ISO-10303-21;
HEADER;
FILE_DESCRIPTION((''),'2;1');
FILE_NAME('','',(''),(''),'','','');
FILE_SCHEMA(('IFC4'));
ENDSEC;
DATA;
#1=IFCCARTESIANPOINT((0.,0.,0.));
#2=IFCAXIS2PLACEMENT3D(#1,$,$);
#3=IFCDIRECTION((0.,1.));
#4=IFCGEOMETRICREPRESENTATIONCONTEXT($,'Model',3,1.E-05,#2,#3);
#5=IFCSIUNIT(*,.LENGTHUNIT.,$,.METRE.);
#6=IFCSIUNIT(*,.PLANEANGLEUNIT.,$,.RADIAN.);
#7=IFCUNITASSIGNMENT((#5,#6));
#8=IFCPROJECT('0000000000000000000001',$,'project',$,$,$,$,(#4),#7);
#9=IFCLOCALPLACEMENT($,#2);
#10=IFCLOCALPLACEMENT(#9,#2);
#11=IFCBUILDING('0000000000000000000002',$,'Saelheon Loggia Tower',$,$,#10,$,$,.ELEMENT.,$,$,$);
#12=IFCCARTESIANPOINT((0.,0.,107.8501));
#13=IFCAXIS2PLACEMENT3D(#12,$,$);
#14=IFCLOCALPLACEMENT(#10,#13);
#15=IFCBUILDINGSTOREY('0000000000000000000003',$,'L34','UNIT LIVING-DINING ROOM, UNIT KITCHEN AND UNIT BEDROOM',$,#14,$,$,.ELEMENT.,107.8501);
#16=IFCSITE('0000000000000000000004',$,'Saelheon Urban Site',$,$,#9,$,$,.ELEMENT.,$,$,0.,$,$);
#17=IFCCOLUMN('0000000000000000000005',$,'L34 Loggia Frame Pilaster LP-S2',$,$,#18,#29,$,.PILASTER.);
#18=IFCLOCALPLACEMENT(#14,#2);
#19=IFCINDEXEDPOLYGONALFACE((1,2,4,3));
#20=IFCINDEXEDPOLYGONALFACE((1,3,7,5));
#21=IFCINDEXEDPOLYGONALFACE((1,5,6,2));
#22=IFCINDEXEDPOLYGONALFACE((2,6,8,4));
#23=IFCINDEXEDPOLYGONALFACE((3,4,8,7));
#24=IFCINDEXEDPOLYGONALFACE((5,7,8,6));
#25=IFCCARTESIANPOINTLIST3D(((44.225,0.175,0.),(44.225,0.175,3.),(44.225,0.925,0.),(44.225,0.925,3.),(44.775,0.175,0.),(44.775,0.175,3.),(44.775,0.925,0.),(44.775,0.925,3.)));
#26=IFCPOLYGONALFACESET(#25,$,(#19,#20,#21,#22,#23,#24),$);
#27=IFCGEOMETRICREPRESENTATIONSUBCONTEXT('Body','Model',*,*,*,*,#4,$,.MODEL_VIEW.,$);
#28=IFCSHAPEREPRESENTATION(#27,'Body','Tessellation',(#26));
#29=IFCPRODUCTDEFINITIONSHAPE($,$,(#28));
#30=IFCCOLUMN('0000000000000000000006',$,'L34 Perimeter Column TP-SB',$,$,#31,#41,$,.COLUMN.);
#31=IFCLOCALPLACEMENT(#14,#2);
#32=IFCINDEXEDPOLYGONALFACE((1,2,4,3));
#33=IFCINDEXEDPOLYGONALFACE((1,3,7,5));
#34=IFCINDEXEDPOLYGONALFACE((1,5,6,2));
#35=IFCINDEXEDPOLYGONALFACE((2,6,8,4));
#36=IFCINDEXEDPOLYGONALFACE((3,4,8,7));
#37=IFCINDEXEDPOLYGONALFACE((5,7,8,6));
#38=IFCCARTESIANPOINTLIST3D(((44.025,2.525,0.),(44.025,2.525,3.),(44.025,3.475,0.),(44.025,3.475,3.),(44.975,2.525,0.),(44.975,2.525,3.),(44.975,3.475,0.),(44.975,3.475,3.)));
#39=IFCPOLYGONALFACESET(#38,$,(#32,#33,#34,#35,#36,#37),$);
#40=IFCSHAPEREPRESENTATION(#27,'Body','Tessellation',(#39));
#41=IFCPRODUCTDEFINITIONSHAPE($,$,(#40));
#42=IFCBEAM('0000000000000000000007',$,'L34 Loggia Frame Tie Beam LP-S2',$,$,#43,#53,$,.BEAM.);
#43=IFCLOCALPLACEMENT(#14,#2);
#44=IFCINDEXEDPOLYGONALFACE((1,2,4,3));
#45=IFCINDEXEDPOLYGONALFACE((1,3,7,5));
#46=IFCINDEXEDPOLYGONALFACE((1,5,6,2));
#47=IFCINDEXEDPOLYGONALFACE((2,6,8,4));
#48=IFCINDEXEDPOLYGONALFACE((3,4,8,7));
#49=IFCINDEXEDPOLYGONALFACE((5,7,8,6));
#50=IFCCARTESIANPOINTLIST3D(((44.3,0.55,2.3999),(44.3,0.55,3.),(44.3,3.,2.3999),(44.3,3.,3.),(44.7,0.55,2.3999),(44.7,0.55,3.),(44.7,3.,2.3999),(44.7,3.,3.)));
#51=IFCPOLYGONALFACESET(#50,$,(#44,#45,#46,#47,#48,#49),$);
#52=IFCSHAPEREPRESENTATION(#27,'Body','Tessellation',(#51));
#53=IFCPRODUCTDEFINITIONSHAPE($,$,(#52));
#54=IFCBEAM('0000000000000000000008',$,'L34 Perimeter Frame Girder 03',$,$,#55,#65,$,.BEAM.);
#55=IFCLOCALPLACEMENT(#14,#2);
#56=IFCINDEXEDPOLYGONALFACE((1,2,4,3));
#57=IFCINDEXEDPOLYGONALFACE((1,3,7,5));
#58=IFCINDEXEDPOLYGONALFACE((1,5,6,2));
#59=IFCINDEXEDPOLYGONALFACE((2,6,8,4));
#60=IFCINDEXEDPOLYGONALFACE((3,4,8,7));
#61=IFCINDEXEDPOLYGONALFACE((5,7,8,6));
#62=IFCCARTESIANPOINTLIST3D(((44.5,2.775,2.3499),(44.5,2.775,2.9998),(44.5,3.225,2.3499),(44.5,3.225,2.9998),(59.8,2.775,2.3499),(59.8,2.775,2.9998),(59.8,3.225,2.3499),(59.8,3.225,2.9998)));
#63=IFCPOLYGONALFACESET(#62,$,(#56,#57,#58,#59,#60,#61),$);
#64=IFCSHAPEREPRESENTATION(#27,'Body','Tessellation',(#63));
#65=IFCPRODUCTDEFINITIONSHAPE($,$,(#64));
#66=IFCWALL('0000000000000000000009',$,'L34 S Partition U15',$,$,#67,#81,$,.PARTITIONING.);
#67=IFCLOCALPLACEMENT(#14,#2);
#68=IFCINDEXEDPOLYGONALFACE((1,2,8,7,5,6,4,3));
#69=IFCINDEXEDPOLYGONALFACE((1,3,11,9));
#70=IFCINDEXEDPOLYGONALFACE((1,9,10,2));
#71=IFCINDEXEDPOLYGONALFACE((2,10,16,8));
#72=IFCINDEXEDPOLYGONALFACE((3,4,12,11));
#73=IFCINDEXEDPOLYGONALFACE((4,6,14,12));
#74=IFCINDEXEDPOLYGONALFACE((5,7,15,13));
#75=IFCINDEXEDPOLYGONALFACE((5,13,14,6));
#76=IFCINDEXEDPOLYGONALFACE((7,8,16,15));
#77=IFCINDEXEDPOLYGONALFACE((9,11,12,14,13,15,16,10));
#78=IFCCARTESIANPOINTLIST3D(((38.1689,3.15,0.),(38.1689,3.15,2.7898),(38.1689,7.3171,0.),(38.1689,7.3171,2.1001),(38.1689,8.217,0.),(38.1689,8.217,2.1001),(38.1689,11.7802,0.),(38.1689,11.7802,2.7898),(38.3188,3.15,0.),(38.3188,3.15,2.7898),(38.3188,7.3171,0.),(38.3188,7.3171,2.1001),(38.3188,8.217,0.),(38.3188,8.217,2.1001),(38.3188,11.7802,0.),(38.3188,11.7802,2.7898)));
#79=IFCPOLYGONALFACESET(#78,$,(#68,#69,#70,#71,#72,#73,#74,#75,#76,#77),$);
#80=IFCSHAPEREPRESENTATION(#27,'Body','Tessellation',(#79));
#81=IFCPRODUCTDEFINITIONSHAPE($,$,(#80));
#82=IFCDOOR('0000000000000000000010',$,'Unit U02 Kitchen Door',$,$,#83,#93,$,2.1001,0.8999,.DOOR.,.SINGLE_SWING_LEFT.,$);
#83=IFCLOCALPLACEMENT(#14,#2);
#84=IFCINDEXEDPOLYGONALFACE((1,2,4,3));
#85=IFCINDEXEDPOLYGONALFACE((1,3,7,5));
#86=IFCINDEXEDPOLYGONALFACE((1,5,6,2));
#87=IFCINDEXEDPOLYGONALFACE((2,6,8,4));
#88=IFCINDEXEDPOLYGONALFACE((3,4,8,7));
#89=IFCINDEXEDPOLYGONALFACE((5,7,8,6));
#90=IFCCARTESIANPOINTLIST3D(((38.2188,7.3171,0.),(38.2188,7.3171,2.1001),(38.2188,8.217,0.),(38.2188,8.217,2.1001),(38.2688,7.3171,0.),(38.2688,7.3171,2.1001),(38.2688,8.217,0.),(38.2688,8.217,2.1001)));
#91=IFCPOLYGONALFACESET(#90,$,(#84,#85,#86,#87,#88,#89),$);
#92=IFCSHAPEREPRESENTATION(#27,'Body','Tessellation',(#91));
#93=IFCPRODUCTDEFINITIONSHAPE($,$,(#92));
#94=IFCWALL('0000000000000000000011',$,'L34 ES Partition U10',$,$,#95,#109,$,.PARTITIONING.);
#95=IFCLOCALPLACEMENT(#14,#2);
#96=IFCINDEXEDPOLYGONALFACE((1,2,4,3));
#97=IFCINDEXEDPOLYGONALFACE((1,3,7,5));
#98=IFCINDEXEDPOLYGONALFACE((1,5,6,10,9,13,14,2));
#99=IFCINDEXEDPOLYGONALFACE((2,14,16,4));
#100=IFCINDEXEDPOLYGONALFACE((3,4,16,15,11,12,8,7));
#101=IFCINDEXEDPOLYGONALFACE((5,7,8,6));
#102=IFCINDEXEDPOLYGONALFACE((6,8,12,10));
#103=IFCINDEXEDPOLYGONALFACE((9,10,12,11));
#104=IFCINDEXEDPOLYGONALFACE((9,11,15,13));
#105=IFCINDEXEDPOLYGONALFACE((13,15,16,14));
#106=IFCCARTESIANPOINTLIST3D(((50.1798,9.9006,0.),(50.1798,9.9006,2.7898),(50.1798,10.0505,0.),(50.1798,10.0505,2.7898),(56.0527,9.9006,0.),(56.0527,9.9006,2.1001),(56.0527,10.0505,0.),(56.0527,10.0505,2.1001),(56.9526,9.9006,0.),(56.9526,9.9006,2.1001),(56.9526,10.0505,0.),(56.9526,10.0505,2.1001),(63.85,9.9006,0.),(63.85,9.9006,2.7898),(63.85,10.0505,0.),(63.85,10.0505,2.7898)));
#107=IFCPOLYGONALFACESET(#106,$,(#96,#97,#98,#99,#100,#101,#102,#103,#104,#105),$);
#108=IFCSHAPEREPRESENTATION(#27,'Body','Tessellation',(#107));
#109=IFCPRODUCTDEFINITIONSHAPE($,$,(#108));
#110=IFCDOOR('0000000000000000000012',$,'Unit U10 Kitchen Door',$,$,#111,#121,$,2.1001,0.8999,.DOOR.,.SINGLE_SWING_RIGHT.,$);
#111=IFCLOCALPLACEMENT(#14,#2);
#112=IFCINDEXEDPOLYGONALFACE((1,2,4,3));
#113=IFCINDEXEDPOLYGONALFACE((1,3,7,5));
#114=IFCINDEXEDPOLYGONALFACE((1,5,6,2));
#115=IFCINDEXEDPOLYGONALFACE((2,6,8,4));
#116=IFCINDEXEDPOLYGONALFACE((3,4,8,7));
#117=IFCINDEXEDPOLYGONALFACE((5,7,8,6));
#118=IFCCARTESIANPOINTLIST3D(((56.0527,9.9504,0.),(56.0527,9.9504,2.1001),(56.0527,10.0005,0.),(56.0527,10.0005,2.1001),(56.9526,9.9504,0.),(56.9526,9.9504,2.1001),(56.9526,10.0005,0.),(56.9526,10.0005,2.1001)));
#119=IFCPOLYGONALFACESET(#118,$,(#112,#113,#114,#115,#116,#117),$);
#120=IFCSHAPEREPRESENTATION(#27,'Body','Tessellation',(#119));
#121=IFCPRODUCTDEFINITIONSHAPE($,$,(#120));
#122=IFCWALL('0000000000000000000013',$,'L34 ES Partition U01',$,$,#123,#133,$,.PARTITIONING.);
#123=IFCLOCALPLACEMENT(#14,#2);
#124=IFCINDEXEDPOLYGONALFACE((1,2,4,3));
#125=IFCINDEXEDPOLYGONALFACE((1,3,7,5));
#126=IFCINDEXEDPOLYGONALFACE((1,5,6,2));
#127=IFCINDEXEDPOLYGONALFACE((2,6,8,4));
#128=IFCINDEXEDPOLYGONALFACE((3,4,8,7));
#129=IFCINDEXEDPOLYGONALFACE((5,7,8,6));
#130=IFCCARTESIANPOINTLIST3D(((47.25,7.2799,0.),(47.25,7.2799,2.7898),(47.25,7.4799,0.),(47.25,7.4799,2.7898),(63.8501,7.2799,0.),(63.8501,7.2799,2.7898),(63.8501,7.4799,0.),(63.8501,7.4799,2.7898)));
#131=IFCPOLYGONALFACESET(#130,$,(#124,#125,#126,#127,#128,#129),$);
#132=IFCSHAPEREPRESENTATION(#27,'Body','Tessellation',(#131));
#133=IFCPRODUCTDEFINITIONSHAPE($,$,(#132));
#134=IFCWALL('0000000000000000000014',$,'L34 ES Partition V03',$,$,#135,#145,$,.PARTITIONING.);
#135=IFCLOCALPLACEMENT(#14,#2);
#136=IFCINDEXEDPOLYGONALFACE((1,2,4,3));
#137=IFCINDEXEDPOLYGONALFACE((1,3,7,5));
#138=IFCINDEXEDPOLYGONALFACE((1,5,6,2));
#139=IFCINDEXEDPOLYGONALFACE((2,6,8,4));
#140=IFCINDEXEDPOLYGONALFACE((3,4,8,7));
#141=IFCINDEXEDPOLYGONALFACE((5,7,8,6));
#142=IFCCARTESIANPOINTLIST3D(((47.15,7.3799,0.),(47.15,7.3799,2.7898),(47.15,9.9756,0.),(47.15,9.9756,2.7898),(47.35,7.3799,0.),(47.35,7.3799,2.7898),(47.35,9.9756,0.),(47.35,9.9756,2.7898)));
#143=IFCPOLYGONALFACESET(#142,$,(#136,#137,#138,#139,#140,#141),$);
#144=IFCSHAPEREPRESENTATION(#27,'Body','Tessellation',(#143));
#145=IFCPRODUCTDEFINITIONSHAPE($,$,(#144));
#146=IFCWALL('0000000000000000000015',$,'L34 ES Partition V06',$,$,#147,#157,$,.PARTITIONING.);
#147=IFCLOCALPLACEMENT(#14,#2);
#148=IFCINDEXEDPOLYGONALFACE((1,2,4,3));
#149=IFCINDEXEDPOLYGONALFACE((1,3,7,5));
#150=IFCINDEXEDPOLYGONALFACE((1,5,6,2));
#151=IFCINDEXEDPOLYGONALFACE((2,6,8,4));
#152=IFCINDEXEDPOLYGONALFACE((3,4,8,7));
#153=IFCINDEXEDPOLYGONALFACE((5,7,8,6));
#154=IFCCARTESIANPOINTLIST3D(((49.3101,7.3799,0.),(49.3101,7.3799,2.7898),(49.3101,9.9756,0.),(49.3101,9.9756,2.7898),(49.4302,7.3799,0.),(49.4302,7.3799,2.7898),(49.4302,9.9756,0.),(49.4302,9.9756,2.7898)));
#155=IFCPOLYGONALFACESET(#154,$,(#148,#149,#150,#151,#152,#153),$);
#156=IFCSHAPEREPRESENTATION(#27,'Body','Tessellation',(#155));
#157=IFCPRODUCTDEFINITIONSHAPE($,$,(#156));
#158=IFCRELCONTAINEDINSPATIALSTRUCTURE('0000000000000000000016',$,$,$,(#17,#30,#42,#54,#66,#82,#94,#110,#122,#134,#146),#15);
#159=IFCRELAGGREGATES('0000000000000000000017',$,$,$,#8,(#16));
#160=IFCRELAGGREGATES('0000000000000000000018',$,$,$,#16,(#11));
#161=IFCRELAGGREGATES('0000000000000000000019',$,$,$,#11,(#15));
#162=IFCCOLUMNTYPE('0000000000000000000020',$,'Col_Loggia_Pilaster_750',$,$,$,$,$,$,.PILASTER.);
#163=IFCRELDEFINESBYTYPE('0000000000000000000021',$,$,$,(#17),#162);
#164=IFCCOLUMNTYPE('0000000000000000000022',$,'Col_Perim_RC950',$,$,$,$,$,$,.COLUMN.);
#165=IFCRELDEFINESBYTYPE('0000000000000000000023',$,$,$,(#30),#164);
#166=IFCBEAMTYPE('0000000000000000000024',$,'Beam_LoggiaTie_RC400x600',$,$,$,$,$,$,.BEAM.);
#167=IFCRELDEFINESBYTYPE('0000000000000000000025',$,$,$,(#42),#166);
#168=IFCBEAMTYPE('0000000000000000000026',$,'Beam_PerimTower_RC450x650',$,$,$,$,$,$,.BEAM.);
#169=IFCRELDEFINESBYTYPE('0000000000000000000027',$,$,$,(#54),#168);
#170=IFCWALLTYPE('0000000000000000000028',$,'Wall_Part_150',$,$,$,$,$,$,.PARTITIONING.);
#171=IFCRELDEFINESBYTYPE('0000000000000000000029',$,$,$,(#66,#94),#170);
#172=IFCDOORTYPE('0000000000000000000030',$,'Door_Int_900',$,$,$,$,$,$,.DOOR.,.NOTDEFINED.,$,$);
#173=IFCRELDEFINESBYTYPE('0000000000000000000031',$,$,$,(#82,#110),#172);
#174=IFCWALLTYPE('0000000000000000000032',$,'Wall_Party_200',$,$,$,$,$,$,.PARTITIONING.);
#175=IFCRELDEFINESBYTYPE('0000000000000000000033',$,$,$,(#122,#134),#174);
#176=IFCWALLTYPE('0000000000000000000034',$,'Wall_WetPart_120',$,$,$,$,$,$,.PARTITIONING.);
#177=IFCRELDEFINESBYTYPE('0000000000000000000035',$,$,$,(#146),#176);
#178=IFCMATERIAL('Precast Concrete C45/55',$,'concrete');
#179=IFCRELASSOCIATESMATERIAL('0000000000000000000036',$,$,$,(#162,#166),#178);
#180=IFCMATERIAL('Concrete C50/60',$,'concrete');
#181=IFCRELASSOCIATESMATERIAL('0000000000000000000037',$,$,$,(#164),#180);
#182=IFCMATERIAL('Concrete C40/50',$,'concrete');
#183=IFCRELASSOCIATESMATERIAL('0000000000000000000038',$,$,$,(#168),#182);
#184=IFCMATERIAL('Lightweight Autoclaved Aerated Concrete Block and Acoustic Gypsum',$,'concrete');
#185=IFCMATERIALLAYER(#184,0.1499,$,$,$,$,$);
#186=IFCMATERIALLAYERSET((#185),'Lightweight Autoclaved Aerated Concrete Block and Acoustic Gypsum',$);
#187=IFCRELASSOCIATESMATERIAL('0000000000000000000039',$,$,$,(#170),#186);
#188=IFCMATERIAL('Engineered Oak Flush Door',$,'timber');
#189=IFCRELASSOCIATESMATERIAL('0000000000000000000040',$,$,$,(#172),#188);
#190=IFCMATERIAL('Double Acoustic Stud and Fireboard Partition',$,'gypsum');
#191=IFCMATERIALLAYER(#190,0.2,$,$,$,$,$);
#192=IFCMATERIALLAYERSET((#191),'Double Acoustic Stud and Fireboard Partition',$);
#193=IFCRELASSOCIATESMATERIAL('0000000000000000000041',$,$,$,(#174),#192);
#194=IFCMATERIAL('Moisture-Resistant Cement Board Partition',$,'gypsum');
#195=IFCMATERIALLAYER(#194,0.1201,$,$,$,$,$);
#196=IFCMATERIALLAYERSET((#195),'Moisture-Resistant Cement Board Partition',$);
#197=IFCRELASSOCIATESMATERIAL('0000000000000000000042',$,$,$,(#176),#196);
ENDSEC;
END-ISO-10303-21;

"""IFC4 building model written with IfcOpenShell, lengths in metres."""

from ifc_helpers import new_model, si_unit, direction, frame, frame_2d, origin, origin_2d, place, context, subcontext, project, spatial, rectangle, extrude, source, transform, mapped, material, layer, layer_set, material_profile, profile_set, type_object, element, fill, save


model = new_model("IFC4")

# Units and contexts
model_context = context("Model", 3, precision=1e-05, world=origin(), true_north=direction((0.0, 1.0)))
body_context = subcontext(model_context, "Body", "Model", "MODEL_VIEW")
ifc_project = project(units=[si_unit("LENGTHUNIT", "METRE"), si_unit("PLANEANGLEUNIT", "RADIAN")], contexts=[model_context])

# Site, building, storey
site_placement = place(None, origin())
site = spatial("IfcSite", under=ifc_project, at=site_placement, Name="Saelheon Urban Site", CompositionType="ELEMENT", RefElevation=0.0)
building_placement = place(site_placement, origin())
building = spatial("IfcBuilding", under=site, at=building_placement, Name="Saelheon Loggia Tower", CompositionType="ELEMENT")
storey_placement = place(building_placement, frame((0.0, 0.0, 107.8501)))
storey = spatial("IfcBuildingStorey", under=building, at=storey_placement, Name="L34", Description="UNIT LIVING-DINING ROOM, UNIT KITCHEN AND UNIT BEDROOM", CompositionType="ELEMENT", Elevation=107.8501)

# Columns
ifc_material_1 = material(Name="Precast Concrete C45/55", Category="concrete")
ifc_material_profile_1 = material_profile(ifc_material_1, rectangle(XDim=0.55, YDim=0.75, at=origin_2d()), Name="RC-550x750")
ifc_profile_set_1 = profile_set([ifc_material_profile_1], Name="Precast Concrete C45/55")
column_type_1 = type_object("IfcColumnType", Name="Col_Loggia_Pilaster_750", PredefinedType="PILASTER", material=ifc_profile_set_1)
shared_shape_1 = source(origin(), body_context, "Body", "SweptSolid", [
    extrude(rectangle(XDim=0.55, YDim=0.75, at=origin_2d()), origin(), (0.0, 0.0, 1.0), 3.0),
])
column_1_placement = place(storey_placement, frame((44.5, 0.55, 0.0), z_axis=(0.0, 0.0, 1.0), x_axis=(1.0, 0.0, 0.0)))
element("IfcColumn", 1, at=column_1_placement, inside=storey, type_object=column_type_1, Name="L34 Loggia Frame Pilaster LP-S2", PredefinedType="PILASTER", context=body_context, shape_type="MappedRepresentation", body=[
    mapped(shared_shape_1, transform((0.0, 0.0, 0.0), scale=1.0)),
])
ifc_material_2 = material(Name="Concrete C50/60", Category="concrete")
ifc_material_profile_2 = material_profile(ifc_material_2, rectangle(XDim=0.95, YDim=0.95, at=origin_2d()), Name="RC-950x950")
ifc_profile_set_2 = profile_set([ifc_material_profile_2], Name="Concrete C50/60")
column_type_2 = type_object("IfcColumnType", Name="Col_Perim_RC950", PredefinedType="COLUMN", material=ifc_profile_set_2)
shared_shape_2 = source(origin(), body_context, "Body", "SweptSolid", [
    extrude(rectangle(XDim=0.95, YDim=0.95, at=origin_2d()), origin(), (0.0, 0.0, 1.0), 3.0),
])
column_2_placement = place(storey_placement, frame((44.5, 3.0, 0.0), z_axis=(0.0, 0.0, 1.0), x_axis=(1.0, 0.0, 0.0)))
element("IfcColumn", 2, at=column_2_placement, inside=storey, type_object=column_type_2, Name="L34 Perimeter Column TP-SB", PredefinedType="COLUMN", context=body_context, shape_type="MappedRepresentation", body=[
    mapped(shared_shape_2, transform((0.0, 0.0, 0.0), scale=1.0)),
])

# Beams
ifc_material_profile_3 = material_profile(ifc_material_1, rectangle(XDim=0.3999, YDim=0.6001, at=origin_2d()), Name="RC-400x600")
ifc_profile_set_3 = profile_set([ifc_material_profile_3], Name="Precast Concrete C45/55")
beam_type_1 = type_object("IfcBeamType", Name="Beam_LoggiaTie_RC400x600", PredefinedType="BEAM", material=ifc_profile_set_3)
shared_shape_3 = source(origin(), body_context, "Body", "SweptSolid", [
    extrude(rectangle(XDim=0.3999, YDim=0.6001, at=origin_2d()), origin(), (0.0, 0.0, 1.0), 2.45),
])
beam_1_placement = place(storey_placement, frame((44.5, 3.0, 2.7), z_axis=(0.0, -1.0, 0.0), x_axis=(1.0, 0.0, 0.0)))
element("IfcBeam", 3, at=beam_1_placement, inside=storey, type_object=beam_type_1, Name="L34 Loggia Frame Tie Beam LP-S2", PredefinedType="BEAM", context=body_context, shape_type="MappedRepresentation", body=[
    mapped(shared_shape_3, transform((0.0, 0.0, 0.0), scale=1.0)),
])
ifc_material_3 = material(Name="Concrete C40/50", Category="concrete")
ifc_material_profile_4 = material_profile(ifc_material_3, rectangle(XDim=0.45, YDim=0.6499, at=origin_2d()), Name="RC-450x650")
ifc_profile_set_4 = profile_set([ifc_material_profile_4], Name="Concrete C40/50")
beam_type_2 = type_object("IfcBeamType", Name="Beam_PerimTower_RC450x650", PredefinedType="BEAM", material=ifc_profile_set_4)
shared_shape_4 = source(origin(), body_context, "Body", "SweptSolid", [
    extrude(rectangle(XDim=0.45, YDim=0.6499, at=origin_2d()), origin(), (0.0, 0.0, 1.0), 15.3),
])
beam_2_placement = place(storey_placement, frame((44.5, 3.0, 2.6748), z_axis=(1.0, 0.0, 0.0), x_axis=(0.0, 1.0, 0.0)))
element("IfcBeam", 4, at=beam_2_placement, inside=storey, type_object=beam_type_2, Name="L34 Perimeter Frame Girder 03", PredefinedType="BEAM", context=body_context, shape_type="MappedRepresentation", body=[
    mapped(shared_shape_4, transform((0.0, 0.0, 0.0), scale=1.0)),
])

# Walls, openings, doors
ifc_material_4 = material(Name="Lightweight Autoclaved Aerated Concrete Block and Acoustic Gypsum", Category="concrete")
ifc_layer_1 = layer(ifc_material_4, 0.1499)
ifc_layer_set_1 = layer_set([ifc_layer_1], Name="Lightweight Autoclaved Aerated Concrete Block and Acoustic Gypsum")
wall_type_1 = type_object("IfcWallType", Name="Wall_Part_150", PredefinedType="PARTITIONING", material=ifc_layer_set_1)
wall_1_placement = place(storey_placement, frame((38.2439, 11.78, 0.0), z_axis=(0.0, 0.0, 1.0), x_axis=(0.0, -1.0, 0.0)))
wall_1 = element("IfcWall", 5, at=wall_1_placement, inside=storey, type_object=wall_type_1, Name="L34 S Partition U15", PredefinedType="PARTITIONING", context=body_context, shape_type="SweptSolid", body=[
    extrude(rectangle(XDim=8.6301, YDim=0.1499, at=frame_2d((4.3149, 0.0))), origin(), (0.0, 0.0, 1.0), 2.7898),
])
opening_1_placement = place(wall_1_placement, frame((3.563, 0.0, 0.0)))
opening_1 = element("IfcOpeningElement", 6, at=opening_1_placement, cuts=wall_1, PredefinedType="OPENING", context=body_context, shape_type="SweptSolid", body=[
    extrude(rectangle(XDim=0.8999, YDim=2.1001, at=frame_2d((0.45, 1.05))), frame((0.0, 0.0869, 0.0), z_axis=(0.0, -1.0, 0.0), x_axis=(1.0, 0.0, 0.0)), (0.0, 0.0, 1.0), 0.1738),
])
ifc_material_5 = material(Name="Engineered Oak Flush Door", Category="timber")
door_type_1 = type_object("IfcDoorType", Name="Door_Int_900", OperationType="NOTDEFINED", PredefinedType="DOOR", material=ifc_material_5)
shared_shape_5 = source(origin(), body_context, "Body", "SweptSolid", [
    extrude(rectangle(XDim=0.8999, YDim=2.1001, at=frame_2d((0.45, 1.05))), frame((0.0, 0.0249, 0.0), z_axis=(0.0, -1.0, 0.0), x_axis=(1.0, 0.0, 0.0)), (0.0, 0.0, 1.0), 0.05),
])
door_1_placement = place(opening_1_placement, origin())
door_1 = element("IfcDoor", 7, at=door_1_placement, inside=storey, type_object=door_type_1, Name="Unit U02 Kitchen Door", OperationType="SINGLE_SWING_LEFT", OverallHeight=2.1001, OverallWidth=0.8999, PredefinedType="DOOR", context=body_context, shape_type="MappedRepresentation", body=[
    mapped(shared_shape_5, transform((0.0, 0.0, 0.0), scale=1.0)),
])
fill(opening_1, door_1)
wall_2_placement = place(storey_placement, frame((50.1799, 9.9756, 0.0), z_axis=(0.0, 0.0, 1.0), x_axis=(1.0, 0.0, 0.0)))
wall_2 = element("IfcWall", 8, at=wall_2_placement, inside=storey, type_object=wall_type_1, Name="L34 ES Partition U10", PredefinedType="PARTITIONING", context=body_context, shape_type="SweptSolid", body=[
    extrude(rectangle(XDim=13.6702, YDim=0.1499, at=frame_2d((6.835, 0.0))), origin(), (0.0, 0.0, 1.0), 2.7898),
])
opening_2_placement = place(wall_2_placement, frame((5.8728, 0.0, 0.0)))
opening_2 = element("IfcOpeningElement", 9, at=opening_2_placement, cuts=wall_2, PredefinedType="OPENING", context=body_context, shape_type="SweptSolid", body=[
    extrude(rectangle(XDim=0.8999, YDim=2.1001, at=frame_2d((0.45, 1.05))), frame((0.0, 0.0869, 0.0), z_axis=(0.0, -1.0, 0.0), x_axis=(1.0, 0.0, 0.0)), (0.0, 0.0, 1.0), 0.1738),
])
door_2_placement = place(opening_2_placement, origin())
door_2 = element("IfcDoor", 10, at=door_2_placement, inside=storey, type_object=door_type_1, Name="Unit U10 Kitchen Door", OperationType="SINGLE_SWING_RIGHT", OverallHeight=2.1001, OverallWidth=0.8999, PredefinedType="DOOR", context=body_context, shape_type="MappedRepresentation", body=[
    mapped(shared_shape_5, transform((0.0, 0.0, 0.0), scale=1.0)),
])
fill(opening_2, door_2)

# Walls
ifc_material_6 = material(Name="Double Acoustic Stud and Fireboard Partition", Category="gypsum")
ifc_layer_2 = layer(ifc_material_6, 0.2)
ifc_layer_set_2 = layer_set([ifc_layer_2], Name="Double Acoustic Stud and Fireboard Partition")
wall_type_2 = type_object("IfcWallType", Name="Wall_Party_200", PredefinedType="PARTITIONING", material=ifc_layer_set_2)
wall_3_placement = place(storey_placement, frame((47.25, 7.3799, 0.0), z_axis=(0.0, 0.0, 1.0), x_axis=(1.0, 0.0, 0.0)))
element("IfcWall", 11, at=wall_3_placement, inside=storey, type_object=wall_type_2, Name="L34 ES Partition U01", PredefinedType="PARTITIONING", context=body_context, shape_type="SweptSolid", body=[
    extrude(rectangle(XDim=16.6001, YDim=0.2, at=frame_2d((8.3, 0.0))), origin(), (0.0, 0.0, 1.0), 2.7898),
])
wall_4_placement = place(storey_placement, frame((47.25, 7.3799, 0.0), z_axis=(0.0, 0.0, 1.0), x_axis=(0.0, 1.0, 0.0)))
element("IfcWall", 12, at=wall_4_placement, inside=storey, type_object=wall_type_2, Name="L34 ES Partition V03", PredefinedType="PARTITIONING", context=body_context, shape_type="SweptSolid", body=[
    extrude(rectangle(XDim=2.5957, YDim=0.2, at=frame_2d((1.2979, 0.0))), origin(), (0.0, 0.0, 1.0), 2.7898),
])

# Wall
ifc_material_7 = material(Name="Moisture-Resistant Cement Board Partition", Category="gypsum")
ifc_layer_3 = layer(ifc_material_7, 0.1201)
ifc_layer_set_3 = layer_set([ifc_layer_3], Name="Moisture-Resistant Cement Board Partition")
wall_type_3 = type_object("IfcWallType", Name="Wall_WetPart_120", PredefinedType="PARTITIONING", material=ifc_layer_set_3)
wall_5_placement = place(storey_placement, frame((49.3701, 7.3799, 0.0), z_axis=(0.0, 0.0, 1.0), x_axis=(0.0, 1.0, 0.0)))
element("IfcWall", 13, at=wall_5_placement, inside=storey, type_object=wall_type_3, Name="L34 ES Partition V06", PredefinedType="PARTITIONING", context=body_context, shape_type="SweptSolid", body=[
    extrude(rectangle(XDim=2.5957, YDim=0.1201, at=frame_2d((1.2979, 0.0))), origin(), (0.0, 0.0, 1.0), 2.7898),
])

save(model, "model.ifc")
